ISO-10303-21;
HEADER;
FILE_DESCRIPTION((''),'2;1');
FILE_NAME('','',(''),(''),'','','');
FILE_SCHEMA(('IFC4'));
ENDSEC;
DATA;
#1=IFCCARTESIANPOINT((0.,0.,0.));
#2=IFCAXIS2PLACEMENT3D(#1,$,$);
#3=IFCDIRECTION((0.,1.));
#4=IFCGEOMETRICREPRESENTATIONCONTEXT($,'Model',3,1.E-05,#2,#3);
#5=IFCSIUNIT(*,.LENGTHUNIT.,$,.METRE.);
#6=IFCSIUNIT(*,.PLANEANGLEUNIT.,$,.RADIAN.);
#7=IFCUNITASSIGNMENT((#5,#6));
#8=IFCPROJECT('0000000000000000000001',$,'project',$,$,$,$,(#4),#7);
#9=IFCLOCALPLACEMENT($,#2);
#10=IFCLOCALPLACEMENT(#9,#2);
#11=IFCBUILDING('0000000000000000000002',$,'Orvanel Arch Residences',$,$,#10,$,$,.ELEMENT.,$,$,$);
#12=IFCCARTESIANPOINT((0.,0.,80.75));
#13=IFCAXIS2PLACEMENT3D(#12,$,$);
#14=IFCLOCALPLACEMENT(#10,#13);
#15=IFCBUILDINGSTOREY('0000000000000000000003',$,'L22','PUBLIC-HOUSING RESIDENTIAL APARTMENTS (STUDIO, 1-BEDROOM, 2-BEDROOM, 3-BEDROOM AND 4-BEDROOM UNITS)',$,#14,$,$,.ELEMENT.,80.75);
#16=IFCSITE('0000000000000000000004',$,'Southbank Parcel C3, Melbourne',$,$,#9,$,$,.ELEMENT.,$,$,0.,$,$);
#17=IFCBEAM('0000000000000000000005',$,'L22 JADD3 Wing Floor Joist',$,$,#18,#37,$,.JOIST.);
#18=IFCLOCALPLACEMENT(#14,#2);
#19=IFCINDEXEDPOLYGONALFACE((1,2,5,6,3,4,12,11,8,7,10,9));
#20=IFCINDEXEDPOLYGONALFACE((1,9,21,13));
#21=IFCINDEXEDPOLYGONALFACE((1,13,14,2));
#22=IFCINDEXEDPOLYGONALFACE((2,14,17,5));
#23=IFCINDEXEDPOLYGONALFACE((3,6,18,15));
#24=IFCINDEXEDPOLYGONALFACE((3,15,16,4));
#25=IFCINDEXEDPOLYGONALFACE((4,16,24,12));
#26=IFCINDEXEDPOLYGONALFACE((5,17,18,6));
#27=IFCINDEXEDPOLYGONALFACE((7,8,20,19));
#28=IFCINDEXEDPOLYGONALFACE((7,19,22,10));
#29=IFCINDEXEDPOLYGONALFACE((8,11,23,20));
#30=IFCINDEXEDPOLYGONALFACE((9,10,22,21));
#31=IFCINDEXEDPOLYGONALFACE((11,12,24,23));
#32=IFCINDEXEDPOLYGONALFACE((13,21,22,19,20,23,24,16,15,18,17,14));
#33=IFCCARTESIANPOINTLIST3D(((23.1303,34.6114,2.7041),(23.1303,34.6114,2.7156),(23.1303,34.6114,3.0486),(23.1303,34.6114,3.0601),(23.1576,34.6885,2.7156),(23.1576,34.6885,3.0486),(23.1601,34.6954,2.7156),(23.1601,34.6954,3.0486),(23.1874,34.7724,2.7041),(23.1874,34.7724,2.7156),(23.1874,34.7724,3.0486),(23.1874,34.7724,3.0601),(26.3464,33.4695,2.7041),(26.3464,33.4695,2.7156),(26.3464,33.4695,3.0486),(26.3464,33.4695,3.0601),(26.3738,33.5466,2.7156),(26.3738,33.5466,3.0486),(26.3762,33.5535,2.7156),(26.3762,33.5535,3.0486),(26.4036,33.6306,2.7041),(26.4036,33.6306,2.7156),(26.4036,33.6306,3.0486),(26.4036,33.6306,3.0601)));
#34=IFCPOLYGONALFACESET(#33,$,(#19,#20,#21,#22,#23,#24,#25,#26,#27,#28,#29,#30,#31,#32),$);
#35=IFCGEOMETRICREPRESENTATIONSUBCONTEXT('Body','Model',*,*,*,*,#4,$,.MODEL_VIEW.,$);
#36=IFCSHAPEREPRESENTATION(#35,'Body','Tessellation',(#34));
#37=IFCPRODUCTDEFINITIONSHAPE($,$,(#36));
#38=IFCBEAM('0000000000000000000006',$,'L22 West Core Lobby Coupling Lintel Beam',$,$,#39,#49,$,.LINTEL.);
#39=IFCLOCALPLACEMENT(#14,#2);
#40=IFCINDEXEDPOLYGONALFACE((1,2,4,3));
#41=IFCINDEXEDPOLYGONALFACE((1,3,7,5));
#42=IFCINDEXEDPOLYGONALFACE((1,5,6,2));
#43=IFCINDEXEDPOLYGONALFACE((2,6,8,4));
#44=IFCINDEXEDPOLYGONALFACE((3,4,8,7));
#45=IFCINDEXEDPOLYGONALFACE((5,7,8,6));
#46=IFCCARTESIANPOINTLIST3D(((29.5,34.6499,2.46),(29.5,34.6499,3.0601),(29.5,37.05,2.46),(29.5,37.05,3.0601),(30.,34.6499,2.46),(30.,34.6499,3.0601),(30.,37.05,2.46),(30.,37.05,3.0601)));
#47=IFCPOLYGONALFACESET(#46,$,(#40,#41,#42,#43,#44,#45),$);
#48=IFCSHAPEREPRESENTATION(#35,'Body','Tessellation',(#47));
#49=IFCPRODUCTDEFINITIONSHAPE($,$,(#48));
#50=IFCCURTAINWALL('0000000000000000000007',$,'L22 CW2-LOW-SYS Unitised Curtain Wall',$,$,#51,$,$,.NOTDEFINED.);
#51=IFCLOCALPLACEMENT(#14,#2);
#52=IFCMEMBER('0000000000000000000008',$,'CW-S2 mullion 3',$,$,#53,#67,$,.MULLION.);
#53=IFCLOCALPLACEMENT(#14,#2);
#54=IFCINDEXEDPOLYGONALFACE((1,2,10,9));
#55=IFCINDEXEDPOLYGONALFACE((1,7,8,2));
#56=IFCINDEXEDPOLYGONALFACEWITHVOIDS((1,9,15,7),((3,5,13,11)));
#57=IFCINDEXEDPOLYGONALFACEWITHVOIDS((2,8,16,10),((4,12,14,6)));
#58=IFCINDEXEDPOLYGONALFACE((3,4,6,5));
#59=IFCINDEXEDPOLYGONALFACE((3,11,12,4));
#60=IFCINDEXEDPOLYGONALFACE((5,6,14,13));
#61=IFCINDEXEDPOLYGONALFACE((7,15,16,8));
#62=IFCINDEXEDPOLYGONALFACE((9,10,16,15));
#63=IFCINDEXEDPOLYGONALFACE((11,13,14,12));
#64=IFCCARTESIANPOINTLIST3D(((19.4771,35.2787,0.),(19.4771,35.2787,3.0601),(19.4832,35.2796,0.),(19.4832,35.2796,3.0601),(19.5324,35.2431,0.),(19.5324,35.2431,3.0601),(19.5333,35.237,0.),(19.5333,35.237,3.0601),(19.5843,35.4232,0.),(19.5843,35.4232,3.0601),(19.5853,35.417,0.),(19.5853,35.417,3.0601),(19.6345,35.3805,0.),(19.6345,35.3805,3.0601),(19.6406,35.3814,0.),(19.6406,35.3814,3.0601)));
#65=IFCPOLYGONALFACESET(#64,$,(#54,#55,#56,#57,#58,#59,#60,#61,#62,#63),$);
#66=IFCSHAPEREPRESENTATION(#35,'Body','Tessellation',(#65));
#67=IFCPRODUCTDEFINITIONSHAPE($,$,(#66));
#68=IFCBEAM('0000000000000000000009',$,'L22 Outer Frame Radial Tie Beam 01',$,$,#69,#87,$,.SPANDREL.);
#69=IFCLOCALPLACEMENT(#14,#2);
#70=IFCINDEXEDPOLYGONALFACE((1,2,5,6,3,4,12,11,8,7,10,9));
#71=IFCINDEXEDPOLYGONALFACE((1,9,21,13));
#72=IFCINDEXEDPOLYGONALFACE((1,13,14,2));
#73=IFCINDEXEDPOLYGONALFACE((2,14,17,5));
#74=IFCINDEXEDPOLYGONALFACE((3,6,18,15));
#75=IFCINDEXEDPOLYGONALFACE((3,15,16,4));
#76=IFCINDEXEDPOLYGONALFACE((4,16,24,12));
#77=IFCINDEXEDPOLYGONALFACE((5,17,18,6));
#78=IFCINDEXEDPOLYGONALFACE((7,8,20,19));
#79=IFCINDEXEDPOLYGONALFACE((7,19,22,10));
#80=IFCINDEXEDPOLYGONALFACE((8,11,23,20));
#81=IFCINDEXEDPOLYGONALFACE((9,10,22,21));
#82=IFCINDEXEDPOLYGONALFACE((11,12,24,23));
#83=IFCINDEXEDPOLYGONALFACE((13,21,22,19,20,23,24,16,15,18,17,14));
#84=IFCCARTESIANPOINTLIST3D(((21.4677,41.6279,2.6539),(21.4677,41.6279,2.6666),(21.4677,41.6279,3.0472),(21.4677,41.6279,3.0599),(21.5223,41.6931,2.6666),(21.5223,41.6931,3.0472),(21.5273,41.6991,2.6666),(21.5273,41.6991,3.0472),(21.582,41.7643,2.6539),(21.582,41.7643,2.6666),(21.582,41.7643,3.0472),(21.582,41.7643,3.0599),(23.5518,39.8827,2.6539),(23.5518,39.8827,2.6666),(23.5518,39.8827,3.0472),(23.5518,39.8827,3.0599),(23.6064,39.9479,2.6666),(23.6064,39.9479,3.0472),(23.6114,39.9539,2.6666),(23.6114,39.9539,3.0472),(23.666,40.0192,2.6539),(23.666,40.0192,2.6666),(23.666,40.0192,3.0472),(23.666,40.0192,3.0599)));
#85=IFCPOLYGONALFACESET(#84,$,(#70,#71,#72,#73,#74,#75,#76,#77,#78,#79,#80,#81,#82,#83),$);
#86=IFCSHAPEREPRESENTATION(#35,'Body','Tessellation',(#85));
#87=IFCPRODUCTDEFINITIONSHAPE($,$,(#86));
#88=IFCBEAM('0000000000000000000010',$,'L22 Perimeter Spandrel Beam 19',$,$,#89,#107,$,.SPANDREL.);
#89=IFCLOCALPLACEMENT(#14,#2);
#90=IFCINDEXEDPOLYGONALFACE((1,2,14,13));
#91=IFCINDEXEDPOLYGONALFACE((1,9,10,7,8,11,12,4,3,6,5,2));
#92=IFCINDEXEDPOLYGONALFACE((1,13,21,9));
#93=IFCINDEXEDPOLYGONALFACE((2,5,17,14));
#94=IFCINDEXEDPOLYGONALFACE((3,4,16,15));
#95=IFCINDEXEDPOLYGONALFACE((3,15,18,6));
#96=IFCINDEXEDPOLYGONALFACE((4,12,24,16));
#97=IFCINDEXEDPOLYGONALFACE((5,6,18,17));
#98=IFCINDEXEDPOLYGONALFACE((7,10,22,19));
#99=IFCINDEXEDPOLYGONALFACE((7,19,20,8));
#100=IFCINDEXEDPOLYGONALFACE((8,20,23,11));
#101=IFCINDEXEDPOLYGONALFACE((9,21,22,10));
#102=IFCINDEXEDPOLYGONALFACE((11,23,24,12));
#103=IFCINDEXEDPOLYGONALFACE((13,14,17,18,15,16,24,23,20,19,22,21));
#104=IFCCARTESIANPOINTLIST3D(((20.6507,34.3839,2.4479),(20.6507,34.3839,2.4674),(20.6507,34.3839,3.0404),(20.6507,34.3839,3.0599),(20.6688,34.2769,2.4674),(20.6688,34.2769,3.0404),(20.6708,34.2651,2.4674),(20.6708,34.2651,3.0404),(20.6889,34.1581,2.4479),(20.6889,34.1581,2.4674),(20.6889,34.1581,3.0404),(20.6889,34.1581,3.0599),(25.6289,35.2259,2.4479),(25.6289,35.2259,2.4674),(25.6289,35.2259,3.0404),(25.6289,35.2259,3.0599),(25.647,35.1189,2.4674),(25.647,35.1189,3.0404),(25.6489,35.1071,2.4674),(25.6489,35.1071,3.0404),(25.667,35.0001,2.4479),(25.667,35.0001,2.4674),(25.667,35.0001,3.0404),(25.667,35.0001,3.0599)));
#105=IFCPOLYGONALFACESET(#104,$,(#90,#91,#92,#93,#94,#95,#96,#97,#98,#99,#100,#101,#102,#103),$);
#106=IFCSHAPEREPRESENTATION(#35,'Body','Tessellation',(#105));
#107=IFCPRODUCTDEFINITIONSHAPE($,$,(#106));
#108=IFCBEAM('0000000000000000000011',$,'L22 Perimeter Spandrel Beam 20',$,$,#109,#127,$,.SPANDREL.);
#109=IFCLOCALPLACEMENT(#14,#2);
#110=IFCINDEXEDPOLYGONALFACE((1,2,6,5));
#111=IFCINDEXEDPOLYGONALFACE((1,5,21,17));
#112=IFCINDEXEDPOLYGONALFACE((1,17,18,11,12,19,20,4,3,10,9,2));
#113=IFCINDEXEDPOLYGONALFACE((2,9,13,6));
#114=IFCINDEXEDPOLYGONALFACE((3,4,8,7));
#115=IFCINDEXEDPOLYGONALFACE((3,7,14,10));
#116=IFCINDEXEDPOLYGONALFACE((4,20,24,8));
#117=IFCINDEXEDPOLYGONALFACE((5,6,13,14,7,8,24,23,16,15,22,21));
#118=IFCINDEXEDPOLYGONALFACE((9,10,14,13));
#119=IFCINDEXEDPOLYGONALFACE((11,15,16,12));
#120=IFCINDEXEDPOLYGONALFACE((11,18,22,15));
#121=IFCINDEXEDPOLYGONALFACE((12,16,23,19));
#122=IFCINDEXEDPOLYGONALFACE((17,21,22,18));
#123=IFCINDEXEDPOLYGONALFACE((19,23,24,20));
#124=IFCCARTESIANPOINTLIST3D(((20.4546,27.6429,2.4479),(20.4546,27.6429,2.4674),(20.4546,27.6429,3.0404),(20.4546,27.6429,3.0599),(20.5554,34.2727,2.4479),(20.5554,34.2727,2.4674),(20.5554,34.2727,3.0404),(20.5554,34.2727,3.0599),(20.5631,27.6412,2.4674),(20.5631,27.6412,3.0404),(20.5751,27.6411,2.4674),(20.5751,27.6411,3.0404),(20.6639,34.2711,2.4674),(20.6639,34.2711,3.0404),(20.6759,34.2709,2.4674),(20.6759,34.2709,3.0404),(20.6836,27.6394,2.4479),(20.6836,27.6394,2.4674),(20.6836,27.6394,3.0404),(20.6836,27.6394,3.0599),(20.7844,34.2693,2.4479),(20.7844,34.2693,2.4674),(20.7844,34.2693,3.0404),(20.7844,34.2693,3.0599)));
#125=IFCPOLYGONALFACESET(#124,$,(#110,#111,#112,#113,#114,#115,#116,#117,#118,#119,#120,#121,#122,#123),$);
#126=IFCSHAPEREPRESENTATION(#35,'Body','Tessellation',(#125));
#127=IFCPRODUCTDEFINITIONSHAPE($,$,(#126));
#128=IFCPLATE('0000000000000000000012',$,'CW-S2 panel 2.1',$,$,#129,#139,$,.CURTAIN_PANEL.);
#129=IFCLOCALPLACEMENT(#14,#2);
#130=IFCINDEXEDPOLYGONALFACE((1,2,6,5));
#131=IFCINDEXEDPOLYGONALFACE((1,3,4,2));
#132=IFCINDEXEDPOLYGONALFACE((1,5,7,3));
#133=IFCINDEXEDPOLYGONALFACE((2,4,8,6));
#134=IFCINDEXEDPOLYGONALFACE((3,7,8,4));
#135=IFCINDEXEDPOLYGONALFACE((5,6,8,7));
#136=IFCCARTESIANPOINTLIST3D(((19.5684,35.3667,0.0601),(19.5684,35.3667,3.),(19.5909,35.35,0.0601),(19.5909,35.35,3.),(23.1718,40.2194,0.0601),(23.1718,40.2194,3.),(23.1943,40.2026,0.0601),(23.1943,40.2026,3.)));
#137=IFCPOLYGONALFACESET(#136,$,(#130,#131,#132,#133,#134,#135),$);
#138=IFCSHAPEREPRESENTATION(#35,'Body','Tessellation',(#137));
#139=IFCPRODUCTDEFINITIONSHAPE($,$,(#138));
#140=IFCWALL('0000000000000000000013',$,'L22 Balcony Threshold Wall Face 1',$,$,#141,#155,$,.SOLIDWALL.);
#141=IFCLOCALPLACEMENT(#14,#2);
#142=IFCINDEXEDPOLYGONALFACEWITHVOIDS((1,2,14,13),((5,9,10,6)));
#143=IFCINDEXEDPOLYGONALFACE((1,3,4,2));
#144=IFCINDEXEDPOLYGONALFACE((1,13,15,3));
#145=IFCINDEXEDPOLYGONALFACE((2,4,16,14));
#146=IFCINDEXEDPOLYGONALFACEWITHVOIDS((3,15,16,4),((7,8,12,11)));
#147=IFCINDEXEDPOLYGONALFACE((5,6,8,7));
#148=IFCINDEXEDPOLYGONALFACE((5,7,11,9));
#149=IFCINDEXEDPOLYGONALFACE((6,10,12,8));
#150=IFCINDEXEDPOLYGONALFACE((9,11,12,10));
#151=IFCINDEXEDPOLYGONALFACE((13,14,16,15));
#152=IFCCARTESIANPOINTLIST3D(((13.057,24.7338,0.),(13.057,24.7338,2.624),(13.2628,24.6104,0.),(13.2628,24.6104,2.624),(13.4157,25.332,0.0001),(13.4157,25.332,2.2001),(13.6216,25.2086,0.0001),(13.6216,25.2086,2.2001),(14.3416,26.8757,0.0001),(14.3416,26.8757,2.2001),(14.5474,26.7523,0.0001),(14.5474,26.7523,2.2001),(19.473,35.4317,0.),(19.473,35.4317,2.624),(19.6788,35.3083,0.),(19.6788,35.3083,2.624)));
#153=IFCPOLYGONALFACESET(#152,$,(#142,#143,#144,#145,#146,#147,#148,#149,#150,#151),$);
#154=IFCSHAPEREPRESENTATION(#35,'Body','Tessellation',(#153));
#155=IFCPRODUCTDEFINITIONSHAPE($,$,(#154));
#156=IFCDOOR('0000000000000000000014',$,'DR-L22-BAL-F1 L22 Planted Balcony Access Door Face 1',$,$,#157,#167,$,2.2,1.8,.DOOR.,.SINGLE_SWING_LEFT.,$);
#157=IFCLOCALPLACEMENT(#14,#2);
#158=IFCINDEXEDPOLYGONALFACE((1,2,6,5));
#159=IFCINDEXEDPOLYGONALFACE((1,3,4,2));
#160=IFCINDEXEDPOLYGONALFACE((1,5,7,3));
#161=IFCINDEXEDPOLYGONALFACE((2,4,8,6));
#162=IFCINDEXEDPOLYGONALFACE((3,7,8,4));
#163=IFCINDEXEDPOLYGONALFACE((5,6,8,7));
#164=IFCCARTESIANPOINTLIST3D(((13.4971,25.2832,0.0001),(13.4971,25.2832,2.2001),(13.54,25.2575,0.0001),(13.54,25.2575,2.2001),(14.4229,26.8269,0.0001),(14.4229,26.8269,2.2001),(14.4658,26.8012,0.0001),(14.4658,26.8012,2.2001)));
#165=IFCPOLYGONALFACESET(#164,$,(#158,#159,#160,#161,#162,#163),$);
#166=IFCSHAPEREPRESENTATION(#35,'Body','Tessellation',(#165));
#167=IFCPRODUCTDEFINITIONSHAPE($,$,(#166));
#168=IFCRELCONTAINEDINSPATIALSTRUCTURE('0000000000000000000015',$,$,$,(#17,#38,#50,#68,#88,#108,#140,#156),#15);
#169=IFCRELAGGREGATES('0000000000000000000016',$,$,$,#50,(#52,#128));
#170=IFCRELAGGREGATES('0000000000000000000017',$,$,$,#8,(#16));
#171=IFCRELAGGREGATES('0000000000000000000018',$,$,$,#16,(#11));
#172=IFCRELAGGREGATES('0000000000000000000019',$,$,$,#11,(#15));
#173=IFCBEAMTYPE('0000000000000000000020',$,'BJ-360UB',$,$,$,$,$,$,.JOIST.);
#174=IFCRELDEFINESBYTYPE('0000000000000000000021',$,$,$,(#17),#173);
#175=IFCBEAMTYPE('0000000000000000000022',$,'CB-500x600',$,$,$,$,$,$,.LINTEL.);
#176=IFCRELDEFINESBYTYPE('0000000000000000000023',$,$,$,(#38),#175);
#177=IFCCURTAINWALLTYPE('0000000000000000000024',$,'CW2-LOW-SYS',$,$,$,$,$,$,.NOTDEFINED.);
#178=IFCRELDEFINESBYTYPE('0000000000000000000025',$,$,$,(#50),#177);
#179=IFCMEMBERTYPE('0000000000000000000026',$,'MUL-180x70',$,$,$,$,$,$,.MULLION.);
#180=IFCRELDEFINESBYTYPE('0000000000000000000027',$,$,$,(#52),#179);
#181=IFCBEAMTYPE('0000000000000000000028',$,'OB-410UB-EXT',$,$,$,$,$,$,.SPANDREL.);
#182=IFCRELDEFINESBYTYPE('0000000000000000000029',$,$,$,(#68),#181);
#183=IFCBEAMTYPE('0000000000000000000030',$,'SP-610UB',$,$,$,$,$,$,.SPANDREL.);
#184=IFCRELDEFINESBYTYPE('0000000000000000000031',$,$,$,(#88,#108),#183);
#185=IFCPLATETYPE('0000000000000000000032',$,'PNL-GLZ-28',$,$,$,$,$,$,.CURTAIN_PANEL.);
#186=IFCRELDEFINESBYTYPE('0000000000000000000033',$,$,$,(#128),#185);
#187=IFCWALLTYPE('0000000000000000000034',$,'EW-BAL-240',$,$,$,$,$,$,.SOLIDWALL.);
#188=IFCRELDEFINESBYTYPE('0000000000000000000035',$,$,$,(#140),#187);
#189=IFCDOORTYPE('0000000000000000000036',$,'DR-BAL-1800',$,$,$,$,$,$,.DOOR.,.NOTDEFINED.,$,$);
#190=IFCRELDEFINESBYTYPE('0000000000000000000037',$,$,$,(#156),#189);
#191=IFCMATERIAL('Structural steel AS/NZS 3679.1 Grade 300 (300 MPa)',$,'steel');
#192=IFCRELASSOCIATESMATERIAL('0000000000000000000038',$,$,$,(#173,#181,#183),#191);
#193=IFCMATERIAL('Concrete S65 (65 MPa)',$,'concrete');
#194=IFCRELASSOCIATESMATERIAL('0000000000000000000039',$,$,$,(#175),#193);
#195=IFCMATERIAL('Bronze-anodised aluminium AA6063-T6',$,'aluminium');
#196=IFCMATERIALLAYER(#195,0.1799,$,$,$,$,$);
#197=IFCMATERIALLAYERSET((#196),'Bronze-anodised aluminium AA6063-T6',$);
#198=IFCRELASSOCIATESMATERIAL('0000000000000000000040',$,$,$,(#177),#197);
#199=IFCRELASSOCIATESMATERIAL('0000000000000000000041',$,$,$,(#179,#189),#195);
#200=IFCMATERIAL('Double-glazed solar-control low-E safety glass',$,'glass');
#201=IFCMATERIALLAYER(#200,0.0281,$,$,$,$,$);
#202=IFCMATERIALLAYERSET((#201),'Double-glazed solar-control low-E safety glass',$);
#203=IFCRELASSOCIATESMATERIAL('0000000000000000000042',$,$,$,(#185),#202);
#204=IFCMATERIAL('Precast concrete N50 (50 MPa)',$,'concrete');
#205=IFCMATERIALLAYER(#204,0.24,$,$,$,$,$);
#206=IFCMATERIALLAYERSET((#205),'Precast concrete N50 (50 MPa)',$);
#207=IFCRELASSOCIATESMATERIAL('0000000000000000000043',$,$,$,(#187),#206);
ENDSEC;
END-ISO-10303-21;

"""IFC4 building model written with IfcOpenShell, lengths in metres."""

from ifc_helpers import new_model, si_unit, direction, frame, frame_2d, origin, origin_2d, place, context, subcontext, project, spatial, rectangle, hollow_rectangle, i_section, extrude, material, layer, layer_set, material_profile, profile_set, type_object, element, fill, aggregate, save


model = new_model("IFC4")

# Units and contexts
model_context = context("Model", 3, precision=1e-05, world=origin(), true_north=direction((0.0, 1.0)))
body_context = subcontext(model_context, "Body", "Model", "MODEL_VIEW")
ifc_project = project(units=[si_unit("LENGTHUNIT", "METRE"), si_unit("PLANEANGLEUNIT", "RADIAN")], contexts=[model_context])

# Site, building, storey
site_placement = place(None, origin())
site = spatial("IfcSite", under=ifc_project, at=site_placement, Name="Southbank Parcel C3, Melbourne", CompositionType="ELEMENT", RefElevation=0.0)
building_placement = place(site_placement, origin())
building = spatial("IfcBuilding", under=site, at=building_placement, Name="Orvanel Arch Residences", CompositionType="ELEMENT")
storey_placement = place(building_placement, frame((0.0, 0.0, 80.75)))
storey = spatial("IfcBuildingStorey", under=building, at=storey_placement, Name="L22", Description="PUBLIC-HOUSING RESIDENTIAL APARTMENTS (STUDIO, 1-BEDROOM, 2-BEDROOM, 3-BEDROOM AND 4-BEDROOM UNITS)", CompositionType="ELEMENT", Elevation=80.75)

# Beams
ifc_material_1 = material(Name="Structural steel AS/NZS 3679.1 Grade 300 (300 MPa)", Category="steel")
ifc_material_profile_1 = material_profile(ifc_material_1, i_section(OverallWidth=0.1709, OverallDepth=0.356, WebThickness=0.0073, FlangeThickness=0.0115, at=origin_2d()), Name="360UB50.7")
ifc_profile_set_1 = profile_set([ifc_material_profile_1], Name="Structural steel AS/NZS 3679.1 Grade 300 (300 MPa)")
beam_type_1 = type_object("IfcBeamType", Name="BJ-360UB", PredefinedType="JOIST", material=ifc_profile_set_1)
beam_1_placement = place(storey_placement, frame((26.375, 33.55, 2.8821), z_axis=(-0.942367, 0.334582, 0.0), x_axis=(-0.334582, -0.942367, 0.0)))
element("IfcBeam", 1, at=beam_1_placement, inside=storey, type_object=beam_type_1, Name="L22 JADD3 Wing Floor Joist", PredefinedType="JOIST", context=body_context, shape_type="SweptSolid", body=[
    extrude(i_section(OverallWidth=0.1709, OverallDepth=0.356, WebThickness=0.0073, FlangeThickness=0.0115, at=origin_2d()), origin(), (0.0, 0.0, 1.0), 3.4128),
])
ifc_material_2 = material(Name="Concrete S65 (65 MPa)", Category="concrete")
ifc_material_profile_2 = material_profile(ifc_material_2, rectangle(XDim=0.5, YDim=0.6001, at=origin_2d()), Name="RC500x600")
ifc_profile_set_2 = profile_set([ifc_material_profile_2], Name="Concrete S65 (65 MPa)")
beam_type_2 = type_object("IfcBeamType", Name="CB-500x600", PredefinedType="LINTEL", material=ifc_profile_set_2)
beam_2_placement = place(storey_placement, frame((29.75, 34.6499, 2.76), z_axis=(0.0, 1.0, 0.0), x_axis=(-1.0, 0.0, 0.0)))
element("IfcBeam", 2, at=beam_2_placement, inside=storey, type_object=beam_type_2, Name="L22 West Core Lobby Coupling Lintel Beam", PredefinedType="LINTEL", context=body_context, shape_type="SweptSolid", body=[
    extrude(rectangle(XDim=0.5, YDim=0.6001, at=origin_2d()), origin(), (0.0, 0.0, 1.0), 2.4001),
])

# Curtain wall, member
ifc_material_3 = material(Name="Bronze-anodised aluminium AA6063-T6", Category="aluminium")
ifc_layer_1 = layer(ifc_material_3, 0.1799)
ifc_layer_set_1 = layer_set([ifc_layer_1], Name="Bronze-anodised aluminium AA6063-T6")
curtain_wall_type = type_object("IfcCurtainWallType", Name="CW2-LOW-SYS", PredefinedType="NOTDEFINED", material=ifc_layer_set_1)
curtain_wall_placement = place(storey_placement, origin())
curtain_wall = element("IfcCurtainWall", 3, at=curtain_wall_placement, inside=storey, type_object=curtain_wall_type, Name="L22 CW2-LOW-SYS Unitised Curtain Wall", PredefinedType="NOTDEFINED")
ifc_material_profile_3 = material_profile(ifc_material_3, hollow_rectangle(XDim=0.0701, YDim=0.1799, WallThickness=0.0044, at=origin_2d()), Name="ALU180x70x4.5")
ifc_profile_set_3 = profile_set([ifc_material_profile_3], Name="Bronze-anodised aluminium AA6063-T6")
member_type = type_object("IfcMemberType", Name="MUL-180x70", PredefinedType="MULLION", material=ifc_profile_set_3)
member_placement = place(storey_placement, frame((19.5588, 35.3301, 0.0), z_axis=(0.0, 0.0, 1.0), x_axis=(0.802859, -0.596168, 0.0)))
member = element("IfcMember", 4, at=member_placement, type_object=member_type, Name="CW-S2 mullion 3", PredefinedType="MULLION", context=body_context, shape_type="SweptSolid", body=[
    extrude(hollow_rectangle(XDim=0.0701, YDim=0.1799, WallThickness=0.0044, at=origin_2d()), origin(), (0.0, 0.0, 1.0), 3.0601),
])

# Beams
ifc_material_profile_4 = material_profile(ifc_material_1, i_section(OverallWidth=0.178, OverallDepth=0.406, WebThickness=0.0078, FlangeThickness=0.0127, at=origin_2d()), Name="410UB59.7")
ifc_profile_set_4 = profile_set([ifc_material_profile_4], Name="Structural steel AS/NZS 3679.1 Grade 300 (300 MPa)")
beam_type_3 = type_object("IfcBeamType", Name="OB-410UB-EXT", PredefinedType="SPANDREL", material=ifc_profile_set_4)
beam_3_placement = place(storey_placement, frame((23.6089, 39.9509, 2.8569), z_axis=(-0.766688, 0.64202, 0.0), x_axis=(-0.64202, -0.766688, 0.0)))
element("IfcBeam", 5, at=beam_3_placement, inside=storey, type_object=beam_type_3, Name="L22 Outer Frame Radial Tie Beam 01", PredefinedType="SPANDREL", context=body_context, shape_type="SweptSolid", body=[
    extrude(i_section(OverallWidth=0.178, OverallDepth=0.406, WebThickness=0.0078, FlangeThickness=0.0127, at=origin_2d()), origin(), (0.0, 0.0, 1.0), 2.7183),
])
ifc_material_profile_5 = material_profile(ifc_material_1, i_section(OverallWidth=0.229, OverallDepth=0.6121, WebThickness=0.012, FlangeThickness=0.0195, at=origin_2d()), Name="610UB125")
ifc_profile_set_5 = profile_set([ifc_material_profile_5], Name="Structural steel AS/NZS 3679.1 Grade 300 (300 MPa)")
beam_type_4 = type_object("IfcBeamType", Name="SP-610UB", PredefinedType="SPANDREL", material=ifc_profile_set_5)
beam_4_placement = place(storey_placement, frame((25.6479, 35.113, 2.7539), z_axis=(-0.985994, -0.166782, 0.0), x_axis=(0.166782, -0.985994, 0.0)))
element("IfcBeam", 6, at=beam_4_placement, inside=storey, type_object=beam_type_4, Name="L22 Perimeter Spandrel Beam 19", PredefinedType="SPANDREL", context=body_context, shape_type="SweptSolid", body=[
    extrude(i_section(OverallWidth=0.229, OverallDepth=0.6121, WebThickness=0.012, FlangeThickness=0.0195, at=origin_2d()), origin(), (0.0, 0.0, 1.0), 5.0488),
])
beam_5_placement = place(storey_placement, frame((20.6699, 34.271, 2.7539), z_axis=(-0.015207, -0.999884, 0.0), x_axis=(0.999884, -0.015207, 0.0)))
element("IfcBeam", 7, at=beam_5_placement, inside=storey, type_object=beam_type_4, Name="L22 Perimeter Spandrel Beam 20", PredefinedType="SPANDREL", context=body_context, shape_type="SweptSolid", body=[
    extrude(i_section(OverallWidth=0.229, OverallDepth=0.6121, WebThickness=0.012, FlangeThickness=0.0195, at=origin_2d()), origin(), (0.0, 0.0, 1.0), 6.6306),
])

# Plate
ifc_material_4 = material(Name="Double-glazed solar-control low-E safety glass", Category="glass")
ifc_layer_2 = layer(ifc_material_4, 0.0281)
ifc_layer_set_2 = layer_set([ifc_layer_2], Name="Double-glazed solar-control low-E safety glass")
plate_type = type_object("IfcPlateType", Name="PNL-GLZ-28", PredefinedType="CURTAIN_PANEL", material=ifc_layer_set_2)
plate_placement = place(storey_placement, frame((21.3813, 37.7847, 0.0601), z_axis=(0.0, 0.0, 1.0), x_axis=(-0.596168, -0.802859, 0.0)))
plate = element("IfcPlate", 8, at=plate_placement, type_object=plate_type, Name="CW-S2 panel 2.1", PredefinedType="CURTAIN_PANEL", context=body_context, shape_type="SweptSolid", body=[
    extrude(rectangle(XDim=6.0442, YDim=0.0281, at=origin_2d()), origin(), (0.0, 0.0, 1.0), 2.9399),
])
aggregate(curtain_wall, [member, plate])

# Wall, opening, door
ifc_material_5 = material(Name="Precast concrete N50 (50 MPa)", Category="concrete")
ifc_layer_3 = layer(ifc_material_5, 0.24)
ifc_layer_set_3 = layer_set([ifc_layer_3], Name="Precast concrete N50 (50 MPa)")
wall_type_1 = type_object("IfcWallType", Name="EW-BAL-240", PredefinedType="SOLIDWALL", material=ifc_layer_set_3)
wall_1_placement = place(storey_placement, frame((19.5759, 35.3701, 0.0), z_axis=(0.0, 0.0, 1.0), x_axis=(-0.514332, -0.857591, 0.0)))
wall_1 = element("IfcWall", 9, at=wall_1_placement, inside=storey, type_object=wall_type_1, Name="L22 Balcony Threshold Wall Face 1", PredefinedType="SOLIDWALL", context=body_context, shape_type="SweptSolid", body=[
    extrude(rectangle(XDim=12.4744, YDim=0.24, at=frame_2d((6.2373, 0.0))), origin(), (0.0, 0.0, 1.0), 2.624),
])
opening_1_placement = place(wall_1_placement, frame((9.9771, 0.0, 0.0)))
opening_1 = element("IfcOpeningElement", 10, at=opening_1_placement, cuts=wall_1, PredefinedType="OPENING", context=body_context, shape_type="SweptSolid", body=[
    extrude(rectangle(XDim=1.8, YDim=2.2, at=frame_2d((0.8999, 1.1001))), frame((0.0, 0.1299, 0.0), z_axis=(0.0, -1.0, 0.0), x_axis=(1.0, 0.0, 0.0)), (0.0, 0.0, 1.0), 0.26),
])
door_type_1 = type_object("IfcDoorType", Name="DR-BAL-1800", OperationType="NOTDEFINED", PredefinedType="DOOR", material=ifc_material_3)
door_1_placement = place(opening_1_placement, origin())
door_1 = element("IfcDoor", 11, at=door_1_placement, inside=storey, type_object=door_type_1, Name="DR-L22-BAL-F1 L22 Planted Balcony Access Door Face 1", OperationType="SINGLE_SWING_LEFT", OverallHeight=2.2, OverallWidth=1.8, PredefinedType="DOOR", context=body_context, shape_type="SweptSolid", body=[
    extrude(rectangle(XDim=1.8, YDim=2.2, at=frame_2d((0.8999, 1.1001))), frame((0.0, 0.0249, 0.0), z_axis=(0.0, -1.0, 0.0), x_axis=(1.0, 0.0, 0.0)), (0.0, 0.0, 1.0), 0.05),
])
fill(opening_1, door_1)

save(model, "model.ifc")
